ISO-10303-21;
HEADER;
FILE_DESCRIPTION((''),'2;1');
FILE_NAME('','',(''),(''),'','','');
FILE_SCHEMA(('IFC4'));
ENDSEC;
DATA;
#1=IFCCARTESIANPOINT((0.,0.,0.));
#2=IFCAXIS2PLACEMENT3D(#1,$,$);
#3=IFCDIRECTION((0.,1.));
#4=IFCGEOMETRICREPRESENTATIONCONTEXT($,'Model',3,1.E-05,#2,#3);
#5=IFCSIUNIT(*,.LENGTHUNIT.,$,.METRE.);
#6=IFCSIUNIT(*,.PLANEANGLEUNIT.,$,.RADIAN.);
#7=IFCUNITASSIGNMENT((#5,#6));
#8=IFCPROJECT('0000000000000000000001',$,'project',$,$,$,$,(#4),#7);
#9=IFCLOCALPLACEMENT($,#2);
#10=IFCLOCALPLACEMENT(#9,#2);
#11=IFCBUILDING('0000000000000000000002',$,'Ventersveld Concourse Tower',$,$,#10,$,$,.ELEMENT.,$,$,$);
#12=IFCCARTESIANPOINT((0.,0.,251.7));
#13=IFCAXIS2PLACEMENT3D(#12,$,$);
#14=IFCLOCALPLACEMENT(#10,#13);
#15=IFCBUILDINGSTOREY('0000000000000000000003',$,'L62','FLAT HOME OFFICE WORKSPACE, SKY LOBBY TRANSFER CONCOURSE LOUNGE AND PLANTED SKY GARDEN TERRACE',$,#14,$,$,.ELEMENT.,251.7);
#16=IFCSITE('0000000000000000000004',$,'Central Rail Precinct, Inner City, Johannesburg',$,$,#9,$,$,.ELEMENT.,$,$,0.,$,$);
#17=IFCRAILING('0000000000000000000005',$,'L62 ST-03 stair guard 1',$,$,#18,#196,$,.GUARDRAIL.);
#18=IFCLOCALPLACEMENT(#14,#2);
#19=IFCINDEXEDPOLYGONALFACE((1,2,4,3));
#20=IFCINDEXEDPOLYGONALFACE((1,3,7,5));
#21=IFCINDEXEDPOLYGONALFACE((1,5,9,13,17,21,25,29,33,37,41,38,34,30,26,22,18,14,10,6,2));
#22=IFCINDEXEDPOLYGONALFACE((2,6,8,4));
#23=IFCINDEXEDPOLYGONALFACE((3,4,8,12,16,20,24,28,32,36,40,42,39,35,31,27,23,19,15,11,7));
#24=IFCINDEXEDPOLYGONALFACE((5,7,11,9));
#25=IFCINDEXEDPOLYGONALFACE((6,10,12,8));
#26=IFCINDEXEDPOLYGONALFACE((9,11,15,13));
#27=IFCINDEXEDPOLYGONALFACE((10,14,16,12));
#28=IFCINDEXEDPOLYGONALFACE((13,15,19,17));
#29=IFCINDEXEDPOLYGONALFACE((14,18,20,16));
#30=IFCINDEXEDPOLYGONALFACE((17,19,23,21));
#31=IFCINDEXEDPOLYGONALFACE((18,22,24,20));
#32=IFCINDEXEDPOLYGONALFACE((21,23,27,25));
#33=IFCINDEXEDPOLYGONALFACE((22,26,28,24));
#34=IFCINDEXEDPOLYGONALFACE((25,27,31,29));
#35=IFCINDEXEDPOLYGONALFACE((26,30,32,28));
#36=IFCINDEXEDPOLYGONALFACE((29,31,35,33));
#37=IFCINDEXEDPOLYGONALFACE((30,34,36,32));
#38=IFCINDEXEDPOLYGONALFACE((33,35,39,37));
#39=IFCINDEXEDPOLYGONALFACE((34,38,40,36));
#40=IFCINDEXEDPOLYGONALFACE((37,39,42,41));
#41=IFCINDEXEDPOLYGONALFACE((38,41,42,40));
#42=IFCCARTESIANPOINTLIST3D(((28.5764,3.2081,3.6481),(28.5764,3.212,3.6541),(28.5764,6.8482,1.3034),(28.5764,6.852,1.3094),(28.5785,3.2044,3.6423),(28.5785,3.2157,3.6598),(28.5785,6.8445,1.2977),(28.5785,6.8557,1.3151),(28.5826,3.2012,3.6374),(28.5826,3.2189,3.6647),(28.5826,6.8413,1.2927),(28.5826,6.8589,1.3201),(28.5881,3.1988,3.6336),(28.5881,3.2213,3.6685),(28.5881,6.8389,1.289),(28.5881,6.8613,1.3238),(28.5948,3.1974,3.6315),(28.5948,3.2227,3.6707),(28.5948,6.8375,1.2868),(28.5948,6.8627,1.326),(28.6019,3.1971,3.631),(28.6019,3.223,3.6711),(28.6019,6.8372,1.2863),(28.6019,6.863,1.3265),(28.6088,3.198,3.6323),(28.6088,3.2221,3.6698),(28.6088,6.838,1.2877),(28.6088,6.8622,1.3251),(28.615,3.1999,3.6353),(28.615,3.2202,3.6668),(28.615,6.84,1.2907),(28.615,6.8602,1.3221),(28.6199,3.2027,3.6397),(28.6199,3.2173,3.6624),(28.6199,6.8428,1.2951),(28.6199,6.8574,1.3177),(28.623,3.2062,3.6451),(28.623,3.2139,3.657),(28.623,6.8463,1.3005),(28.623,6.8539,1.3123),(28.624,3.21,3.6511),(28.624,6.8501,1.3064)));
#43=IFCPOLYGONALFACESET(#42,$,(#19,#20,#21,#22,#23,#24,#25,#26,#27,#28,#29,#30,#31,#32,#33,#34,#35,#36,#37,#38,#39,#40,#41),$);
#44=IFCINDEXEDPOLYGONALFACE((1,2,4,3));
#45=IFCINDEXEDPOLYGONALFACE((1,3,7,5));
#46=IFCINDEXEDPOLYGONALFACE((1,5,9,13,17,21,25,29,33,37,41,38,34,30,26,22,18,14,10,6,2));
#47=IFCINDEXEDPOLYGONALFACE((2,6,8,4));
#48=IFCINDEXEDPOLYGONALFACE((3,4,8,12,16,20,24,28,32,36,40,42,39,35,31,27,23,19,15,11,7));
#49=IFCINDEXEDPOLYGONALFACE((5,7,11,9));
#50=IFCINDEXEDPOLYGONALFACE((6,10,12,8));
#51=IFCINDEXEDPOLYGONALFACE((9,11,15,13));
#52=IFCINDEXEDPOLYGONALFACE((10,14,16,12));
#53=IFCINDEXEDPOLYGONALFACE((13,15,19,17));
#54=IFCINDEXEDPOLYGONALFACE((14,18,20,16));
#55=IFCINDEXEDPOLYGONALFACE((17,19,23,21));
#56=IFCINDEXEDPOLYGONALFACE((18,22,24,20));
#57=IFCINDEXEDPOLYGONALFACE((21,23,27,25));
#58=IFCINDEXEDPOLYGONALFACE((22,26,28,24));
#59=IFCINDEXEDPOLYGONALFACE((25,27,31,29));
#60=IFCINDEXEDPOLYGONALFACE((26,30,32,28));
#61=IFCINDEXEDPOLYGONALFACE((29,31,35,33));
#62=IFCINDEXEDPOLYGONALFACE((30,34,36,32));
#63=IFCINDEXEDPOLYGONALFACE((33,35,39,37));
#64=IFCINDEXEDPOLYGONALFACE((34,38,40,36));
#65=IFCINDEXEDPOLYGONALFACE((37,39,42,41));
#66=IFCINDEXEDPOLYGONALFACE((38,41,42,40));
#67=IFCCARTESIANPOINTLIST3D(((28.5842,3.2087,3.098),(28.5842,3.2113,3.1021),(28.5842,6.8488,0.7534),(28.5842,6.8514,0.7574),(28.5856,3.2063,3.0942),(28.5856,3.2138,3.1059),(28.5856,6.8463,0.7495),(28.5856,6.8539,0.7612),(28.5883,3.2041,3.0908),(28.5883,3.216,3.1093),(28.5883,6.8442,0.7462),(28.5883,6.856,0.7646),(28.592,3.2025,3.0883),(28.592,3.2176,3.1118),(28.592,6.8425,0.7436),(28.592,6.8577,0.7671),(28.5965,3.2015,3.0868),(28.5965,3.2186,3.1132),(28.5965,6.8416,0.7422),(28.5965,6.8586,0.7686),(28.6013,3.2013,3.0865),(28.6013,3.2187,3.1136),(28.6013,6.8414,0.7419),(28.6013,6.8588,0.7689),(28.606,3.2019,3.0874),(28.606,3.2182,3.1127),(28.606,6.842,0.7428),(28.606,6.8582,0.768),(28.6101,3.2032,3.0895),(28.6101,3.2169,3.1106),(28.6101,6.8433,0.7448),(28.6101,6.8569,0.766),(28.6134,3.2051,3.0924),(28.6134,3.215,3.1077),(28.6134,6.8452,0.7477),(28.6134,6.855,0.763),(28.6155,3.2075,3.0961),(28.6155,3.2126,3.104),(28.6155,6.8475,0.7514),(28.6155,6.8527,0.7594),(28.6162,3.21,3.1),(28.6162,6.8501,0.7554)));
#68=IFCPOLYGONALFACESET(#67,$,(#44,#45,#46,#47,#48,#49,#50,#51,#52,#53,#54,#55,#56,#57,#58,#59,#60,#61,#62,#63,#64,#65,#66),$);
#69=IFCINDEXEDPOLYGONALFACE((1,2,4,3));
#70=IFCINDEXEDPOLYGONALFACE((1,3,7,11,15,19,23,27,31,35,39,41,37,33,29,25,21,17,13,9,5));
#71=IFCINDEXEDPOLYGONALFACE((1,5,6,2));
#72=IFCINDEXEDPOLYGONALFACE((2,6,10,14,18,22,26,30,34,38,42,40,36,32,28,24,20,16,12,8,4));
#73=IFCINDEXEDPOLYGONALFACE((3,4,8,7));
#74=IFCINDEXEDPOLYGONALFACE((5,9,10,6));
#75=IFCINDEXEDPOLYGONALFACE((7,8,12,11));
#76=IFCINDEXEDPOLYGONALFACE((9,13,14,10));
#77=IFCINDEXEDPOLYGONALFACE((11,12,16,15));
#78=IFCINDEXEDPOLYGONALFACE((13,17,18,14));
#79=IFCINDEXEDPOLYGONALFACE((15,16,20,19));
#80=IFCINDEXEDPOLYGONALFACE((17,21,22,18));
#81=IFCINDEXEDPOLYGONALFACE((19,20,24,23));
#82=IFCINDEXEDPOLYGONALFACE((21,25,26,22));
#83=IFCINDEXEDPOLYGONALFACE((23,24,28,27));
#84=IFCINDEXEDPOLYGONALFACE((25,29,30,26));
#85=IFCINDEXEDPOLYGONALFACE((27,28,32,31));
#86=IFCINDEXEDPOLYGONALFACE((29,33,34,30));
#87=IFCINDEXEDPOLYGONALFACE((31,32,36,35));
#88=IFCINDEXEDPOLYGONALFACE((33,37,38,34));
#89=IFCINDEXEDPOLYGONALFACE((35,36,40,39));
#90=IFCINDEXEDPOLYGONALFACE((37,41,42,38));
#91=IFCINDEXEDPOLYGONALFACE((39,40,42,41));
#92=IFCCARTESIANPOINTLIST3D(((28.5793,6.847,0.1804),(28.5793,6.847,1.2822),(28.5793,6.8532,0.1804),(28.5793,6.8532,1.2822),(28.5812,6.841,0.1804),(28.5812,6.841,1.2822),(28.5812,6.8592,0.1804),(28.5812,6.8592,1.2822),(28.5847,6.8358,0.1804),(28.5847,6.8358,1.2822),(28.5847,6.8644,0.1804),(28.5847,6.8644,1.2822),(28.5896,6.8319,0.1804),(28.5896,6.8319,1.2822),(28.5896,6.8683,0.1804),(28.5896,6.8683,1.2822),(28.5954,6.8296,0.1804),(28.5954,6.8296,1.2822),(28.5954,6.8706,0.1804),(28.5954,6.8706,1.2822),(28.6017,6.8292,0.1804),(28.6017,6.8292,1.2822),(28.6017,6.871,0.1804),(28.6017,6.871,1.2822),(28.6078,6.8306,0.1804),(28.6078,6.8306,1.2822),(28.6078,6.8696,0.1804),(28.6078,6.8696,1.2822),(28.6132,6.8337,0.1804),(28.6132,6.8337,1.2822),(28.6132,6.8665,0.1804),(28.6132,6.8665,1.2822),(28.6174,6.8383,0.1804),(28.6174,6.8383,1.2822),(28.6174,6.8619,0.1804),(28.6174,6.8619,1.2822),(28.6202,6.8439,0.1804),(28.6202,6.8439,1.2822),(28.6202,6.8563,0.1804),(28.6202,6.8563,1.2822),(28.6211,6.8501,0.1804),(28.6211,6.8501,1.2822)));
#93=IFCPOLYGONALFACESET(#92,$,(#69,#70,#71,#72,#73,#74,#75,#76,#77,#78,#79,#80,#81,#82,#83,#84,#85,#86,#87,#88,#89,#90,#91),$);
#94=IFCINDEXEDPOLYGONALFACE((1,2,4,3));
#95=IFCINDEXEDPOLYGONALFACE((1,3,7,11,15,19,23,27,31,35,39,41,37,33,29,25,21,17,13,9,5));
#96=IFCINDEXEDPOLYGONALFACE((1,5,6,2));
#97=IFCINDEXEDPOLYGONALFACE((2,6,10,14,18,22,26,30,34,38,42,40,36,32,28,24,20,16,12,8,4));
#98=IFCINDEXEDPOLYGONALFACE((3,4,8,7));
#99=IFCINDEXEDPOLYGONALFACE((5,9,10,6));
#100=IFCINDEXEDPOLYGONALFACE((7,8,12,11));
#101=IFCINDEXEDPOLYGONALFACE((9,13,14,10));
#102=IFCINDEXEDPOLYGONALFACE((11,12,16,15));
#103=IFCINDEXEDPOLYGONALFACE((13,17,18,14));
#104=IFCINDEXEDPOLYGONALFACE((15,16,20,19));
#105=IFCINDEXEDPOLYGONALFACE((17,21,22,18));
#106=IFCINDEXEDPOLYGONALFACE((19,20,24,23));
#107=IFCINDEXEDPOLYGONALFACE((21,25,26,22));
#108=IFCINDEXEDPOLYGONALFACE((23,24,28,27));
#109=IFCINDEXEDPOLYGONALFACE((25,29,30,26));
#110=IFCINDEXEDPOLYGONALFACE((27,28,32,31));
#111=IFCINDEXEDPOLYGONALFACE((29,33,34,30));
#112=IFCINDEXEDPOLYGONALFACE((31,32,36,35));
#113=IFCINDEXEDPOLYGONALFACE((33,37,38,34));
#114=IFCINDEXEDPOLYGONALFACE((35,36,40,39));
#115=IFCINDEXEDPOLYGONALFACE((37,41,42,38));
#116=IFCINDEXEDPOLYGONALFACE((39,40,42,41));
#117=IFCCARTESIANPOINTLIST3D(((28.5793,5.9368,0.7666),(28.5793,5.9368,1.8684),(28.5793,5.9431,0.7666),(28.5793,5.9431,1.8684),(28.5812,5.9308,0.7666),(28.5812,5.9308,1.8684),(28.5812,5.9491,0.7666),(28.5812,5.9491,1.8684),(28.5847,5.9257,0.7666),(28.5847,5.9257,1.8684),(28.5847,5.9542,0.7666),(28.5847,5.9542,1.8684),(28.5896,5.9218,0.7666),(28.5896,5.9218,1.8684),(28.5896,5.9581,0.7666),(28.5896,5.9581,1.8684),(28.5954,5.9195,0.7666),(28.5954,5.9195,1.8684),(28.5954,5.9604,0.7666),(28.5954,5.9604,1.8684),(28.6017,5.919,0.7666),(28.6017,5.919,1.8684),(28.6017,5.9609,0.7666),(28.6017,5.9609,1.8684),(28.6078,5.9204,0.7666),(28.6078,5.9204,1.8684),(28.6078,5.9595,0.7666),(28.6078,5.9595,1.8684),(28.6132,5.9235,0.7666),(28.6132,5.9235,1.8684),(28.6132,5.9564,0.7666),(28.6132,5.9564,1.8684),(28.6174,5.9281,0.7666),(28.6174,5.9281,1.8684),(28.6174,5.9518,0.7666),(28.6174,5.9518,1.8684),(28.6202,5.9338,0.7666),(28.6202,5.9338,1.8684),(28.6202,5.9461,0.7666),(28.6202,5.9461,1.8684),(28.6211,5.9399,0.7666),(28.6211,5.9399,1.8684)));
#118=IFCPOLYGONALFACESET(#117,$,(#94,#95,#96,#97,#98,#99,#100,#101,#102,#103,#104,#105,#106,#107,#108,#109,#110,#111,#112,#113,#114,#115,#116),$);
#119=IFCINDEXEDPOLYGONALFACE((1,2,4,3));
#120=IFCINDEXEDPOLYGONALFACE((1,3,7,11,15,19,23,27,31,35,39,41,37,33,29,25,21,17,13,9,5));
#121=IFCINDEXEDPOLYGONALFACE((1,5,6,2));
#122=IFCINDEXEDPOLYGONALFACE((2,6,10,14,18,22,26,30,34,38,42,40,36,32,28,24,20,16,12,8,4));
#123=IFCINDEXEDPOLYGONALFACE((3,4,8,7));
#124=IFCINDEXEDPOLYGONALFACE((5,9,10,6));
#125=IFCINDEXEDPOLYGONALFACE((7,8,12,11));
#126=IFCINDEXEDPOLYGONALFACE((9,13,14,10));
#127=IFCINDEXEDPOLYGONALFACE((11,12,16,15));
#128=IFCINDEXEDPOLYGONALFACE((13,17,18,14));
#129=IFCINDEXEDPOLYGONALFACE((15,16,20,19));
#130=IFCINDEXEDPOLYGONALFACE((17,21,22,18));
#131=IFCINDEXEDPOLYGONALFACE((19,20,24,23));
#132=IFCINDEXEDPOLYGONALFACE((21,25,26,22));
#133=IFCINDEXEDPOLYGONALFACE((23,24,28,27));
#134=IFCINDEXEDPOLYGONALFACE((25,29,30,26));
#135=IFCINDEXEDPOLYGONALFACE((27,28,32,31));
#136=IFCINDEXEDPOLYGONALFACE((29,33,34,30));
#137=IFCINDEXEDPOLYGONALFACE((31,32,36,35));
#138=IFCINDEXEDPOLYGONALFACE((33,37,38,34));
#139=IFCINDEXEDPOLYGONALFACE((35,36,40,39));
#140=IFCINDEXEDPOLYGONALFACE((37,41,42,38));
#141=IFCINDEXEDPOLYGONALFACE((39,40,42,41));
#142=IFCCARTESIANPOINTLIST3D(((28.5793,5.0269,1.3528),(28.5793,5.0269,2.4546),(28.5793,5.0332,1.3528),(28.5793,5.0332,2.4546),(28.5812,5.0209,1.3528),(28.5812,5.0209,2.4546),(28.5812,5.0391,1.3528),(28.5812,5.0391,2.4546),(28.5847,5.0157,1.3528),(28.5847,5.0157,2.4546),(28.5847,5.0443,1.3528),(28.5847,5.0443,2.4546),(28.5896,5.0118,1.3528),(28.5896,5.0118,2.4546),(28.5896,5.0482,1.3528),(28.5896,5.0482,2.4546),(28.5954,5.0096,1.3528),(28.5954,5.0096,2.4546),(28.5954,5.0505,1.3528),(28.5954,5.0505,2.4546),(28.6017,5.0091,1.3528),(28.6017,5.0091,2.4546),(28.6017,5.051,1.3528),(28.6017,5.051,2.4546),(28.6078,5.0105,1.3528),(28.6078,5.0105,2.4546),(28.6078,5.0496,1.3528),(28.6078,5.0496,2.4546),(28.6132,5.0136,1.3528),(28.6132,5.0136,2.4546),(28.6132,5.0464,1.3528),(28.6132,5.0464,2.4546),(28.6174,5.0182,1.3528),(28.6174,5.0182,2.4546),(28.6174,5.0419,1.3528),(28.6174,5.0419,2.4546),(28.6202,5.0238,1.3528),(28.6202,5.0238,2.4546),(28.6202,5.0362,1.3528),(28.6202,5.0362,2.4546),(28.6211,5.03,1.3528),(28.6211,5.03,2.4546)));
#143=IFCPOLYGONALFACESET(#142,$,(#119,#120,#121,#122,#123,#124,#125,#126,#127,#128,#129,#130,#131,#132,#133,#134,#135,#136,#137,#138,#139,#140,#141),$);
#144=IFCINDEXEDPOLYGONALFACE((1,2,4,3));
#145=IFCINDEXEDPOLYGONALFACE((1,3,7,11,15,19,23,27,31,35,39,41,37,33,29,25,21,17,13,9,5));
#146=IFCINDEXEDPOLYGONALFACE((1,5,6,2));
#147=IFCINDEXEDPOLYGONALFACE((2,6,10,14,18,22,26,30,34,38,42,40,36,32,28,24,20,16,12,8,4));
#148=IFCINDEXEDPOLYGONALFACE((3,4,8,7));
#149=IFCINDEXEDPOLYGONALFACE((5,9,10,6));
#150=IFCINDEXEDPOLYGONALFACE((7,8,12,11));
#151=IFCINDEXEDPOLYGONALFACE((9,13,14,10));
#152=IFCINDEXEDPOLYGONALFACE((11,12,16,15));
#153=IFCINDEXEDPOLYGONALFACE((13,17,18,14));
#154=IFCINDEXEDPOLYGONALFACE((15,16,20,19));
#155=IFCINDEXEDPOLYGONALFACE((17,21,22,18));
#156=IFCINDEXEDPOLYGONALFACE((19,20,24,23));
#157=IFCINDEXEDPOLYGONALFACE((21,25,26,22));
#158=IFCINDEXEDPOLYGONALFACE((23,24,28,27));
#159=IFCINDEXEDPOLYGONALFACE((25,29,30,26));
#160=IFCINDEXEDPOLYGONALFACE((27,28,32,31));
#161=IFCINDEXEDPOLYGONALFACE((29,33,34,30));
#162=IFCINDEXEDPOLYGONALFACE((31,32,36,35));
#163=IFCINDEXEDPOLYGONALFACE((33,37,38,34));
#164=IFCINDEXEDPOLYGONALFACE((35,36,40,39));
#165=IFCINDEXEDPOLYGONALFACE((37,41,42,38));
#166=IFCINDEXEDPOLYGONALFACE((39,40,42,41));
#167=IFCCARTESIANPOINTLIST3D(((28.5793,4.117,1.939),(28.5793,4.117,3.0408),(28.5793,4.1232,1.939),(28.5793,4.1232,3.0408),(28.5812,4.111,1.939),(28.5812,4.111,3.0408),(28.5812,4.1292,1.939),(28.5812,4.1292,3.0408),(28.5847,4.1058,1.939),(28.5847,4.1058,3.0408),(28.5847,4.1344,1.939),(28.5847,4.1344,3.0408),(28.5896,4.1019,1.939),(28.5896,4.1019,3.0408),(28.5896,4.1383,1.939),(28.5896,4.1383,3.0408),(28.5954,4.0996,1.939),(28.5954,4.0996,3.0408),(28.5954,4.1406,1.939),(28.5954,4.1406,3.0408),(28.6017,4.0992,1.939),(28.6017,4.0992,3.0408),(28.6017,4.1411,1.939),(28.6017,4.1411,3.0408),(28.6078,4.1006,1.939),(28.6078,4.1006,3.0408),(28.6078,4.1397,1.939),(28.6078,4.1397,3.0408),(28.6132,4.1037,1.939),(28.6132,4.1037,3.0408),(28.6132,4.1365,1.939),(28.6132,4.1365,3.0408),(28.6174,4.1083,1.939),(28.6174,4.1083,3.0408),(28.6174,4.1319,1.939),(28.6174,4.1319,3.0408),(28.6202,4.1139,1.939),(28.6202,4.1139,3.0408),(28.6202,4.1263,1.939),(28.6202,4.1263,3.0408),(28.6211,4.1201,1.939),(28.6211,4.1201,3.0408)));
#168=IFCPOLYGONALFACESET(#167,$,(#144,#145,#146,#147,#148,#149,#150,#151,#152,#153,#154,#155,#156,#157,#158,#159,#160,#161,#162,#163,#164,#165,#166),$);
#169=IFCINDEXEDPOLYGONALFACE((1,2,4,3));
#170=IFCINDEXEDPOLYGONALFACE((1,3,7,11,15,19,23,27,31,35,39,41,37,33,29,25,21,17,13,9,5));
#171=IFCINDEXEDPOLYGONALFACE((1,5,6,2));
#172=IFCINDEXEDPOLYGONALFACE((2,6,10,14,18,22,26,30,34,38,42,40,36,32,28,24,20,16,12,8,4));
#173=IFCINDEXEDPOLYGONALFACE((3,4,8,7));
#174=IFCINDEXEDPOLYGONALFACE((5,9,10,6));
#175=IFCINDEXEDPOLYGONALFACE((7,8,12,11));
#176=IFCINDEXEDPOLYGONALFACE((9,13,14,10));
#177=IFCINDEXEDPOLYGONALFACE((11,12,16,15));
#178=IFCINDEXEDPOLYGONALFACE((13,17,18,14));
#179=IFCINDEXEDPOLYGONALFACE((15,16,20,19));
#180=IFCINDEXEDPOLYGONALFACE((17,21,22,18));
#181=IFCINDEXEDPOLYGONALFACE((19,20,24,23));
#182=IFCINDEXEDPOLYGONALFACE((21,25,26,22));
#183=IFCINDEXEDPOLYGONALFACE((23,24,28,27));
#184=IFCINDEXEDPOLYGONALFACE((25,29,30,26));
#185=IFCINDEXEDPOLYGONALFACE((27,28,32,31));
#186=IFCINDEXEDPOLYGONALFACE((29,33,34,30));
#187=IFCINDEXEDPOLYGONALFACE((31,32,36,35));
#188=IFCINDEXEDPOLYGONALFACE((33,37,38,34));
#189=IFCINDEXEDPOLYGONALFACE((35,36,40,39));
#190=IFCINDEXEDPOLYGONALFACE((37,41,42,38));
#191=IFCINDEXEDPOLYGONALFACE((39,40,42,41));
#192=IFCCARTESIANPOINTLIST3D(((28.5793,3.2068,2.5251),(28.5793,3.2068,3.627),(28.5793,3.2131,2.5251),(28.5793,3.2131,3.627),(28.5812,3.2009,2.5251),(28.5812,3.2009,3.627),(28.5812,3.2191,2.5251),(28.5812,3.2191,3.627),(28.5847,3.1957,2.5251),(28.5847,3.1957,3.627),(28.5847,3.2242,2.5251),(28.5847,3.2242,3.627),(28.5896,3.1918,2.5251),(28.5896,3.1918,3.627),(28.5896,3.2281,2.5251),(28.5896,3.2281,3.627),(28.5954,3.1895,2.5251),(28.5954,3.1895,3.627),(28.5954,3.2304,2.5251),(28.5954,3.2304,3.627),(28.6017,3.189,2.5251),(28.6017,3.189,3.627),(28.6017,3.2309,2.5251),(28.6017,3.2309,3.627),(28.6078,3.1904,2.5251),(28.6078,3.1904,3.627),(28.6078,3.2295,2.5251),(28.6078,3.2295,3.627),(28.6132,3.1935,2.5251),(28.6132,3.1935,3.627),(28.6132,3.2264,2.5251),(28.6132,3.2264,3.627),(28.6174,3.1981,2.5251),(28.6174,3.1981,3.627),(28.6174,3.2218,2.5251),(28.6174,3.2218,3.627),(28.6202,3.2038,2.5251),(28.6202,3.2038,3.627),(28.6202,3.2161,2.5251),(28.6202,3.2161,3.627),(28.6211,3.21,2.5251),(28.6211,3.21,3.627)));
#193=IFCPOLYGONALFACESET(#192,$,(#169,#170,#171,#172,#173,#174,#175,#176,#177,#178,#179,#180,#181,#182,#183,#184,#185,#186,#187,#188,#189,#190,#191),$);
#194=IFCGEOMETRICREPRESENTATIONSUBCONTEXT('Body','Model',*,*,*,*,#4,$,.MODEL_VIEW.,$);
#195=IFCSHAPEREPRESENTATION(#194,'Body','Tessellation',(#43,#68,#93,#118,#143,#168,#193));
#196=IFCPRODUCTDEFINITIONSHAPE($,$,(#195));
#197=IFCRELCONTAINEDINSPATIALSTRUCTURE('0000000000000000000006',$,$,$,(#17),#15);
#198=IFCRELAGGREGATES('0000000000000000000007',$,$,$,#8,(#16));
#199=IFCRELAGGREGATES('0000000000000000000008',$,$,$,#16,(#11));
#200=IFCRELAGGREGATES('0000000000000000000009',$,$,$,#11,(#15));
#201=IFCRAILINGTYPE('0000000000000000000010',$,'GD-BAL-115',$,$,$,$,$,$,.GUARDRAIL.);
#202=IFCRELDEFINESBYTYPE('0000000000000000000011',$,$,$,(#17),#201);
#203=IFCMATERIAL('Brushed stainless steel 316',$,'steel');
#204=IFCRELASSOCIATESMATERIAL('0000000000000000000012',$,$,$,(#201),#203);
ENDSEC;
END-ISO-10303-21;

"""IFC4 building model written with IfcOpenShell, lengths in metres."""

from ifc_helpers import new_model, si_unit, direction, frame, origin, origin_2d, place, context, subcontext, project, spatial, circle, extrude, material, type_object, element, save


model = new_model("IFC4")

# Units and contexts
model_context = context("Model", 3, precision=1e-05, world=origin(), true_north=direction((0.0, 1.0)))
body_context = subcontext(model_context, "Body", "Model", "MODEL_VIEW")
ifc_project = project(units=[si_unit("LENGTHUNIT", "METRE"), si_unit("PLANEANGLEUNIT", "RADIAN")], contexts=[model_context])

# Site, building, storey
site_placement = place(None, origin())
site = spatial("IfcSite", under=ifc_project, at=site_placement, Name="Central Rail Precinct, Inner City, Johannesburg", CompositionType="ELEMENT", RefElevation=0.0)
building_placement = place(site_placement, origin())
building = spatial("IfcBuilding", under=site, at=building_placement, Name="Ventersveld Concourse Tower", CompositionType="ELEMENT")
storey_placement = place(building_placement, frame((0.0, 0.0, 251.7)))
storey = spatial("IfcBuildingStorey", under=building, at=storey_placement, Name="L62", Description="FLAT HOME OFFICE WORKSPACE, SKY LOBBY TRANSFER CONCOURSE LOUNGE AND PLANTED SKY GARDEN TERRACE", CompositionType="ELEMENT", Elevation=251.7)

# Shared definitions
ifc_material_1 = material(Name="Brushed stainless steel 316", Category="steel")

# Railing
railing_type_1 = type_object("IfcRailingType", Name="GD-BAL-115", PredefinedType="GUARDRAIL", material=ifc_material_1)
railing_1_placement = place(storey_placement, frame((28.6001, 6.8501, 0.1804)))
element("IfcRailing", 1, at=railing_1_placement, inside=storey, type_object=railing_type_1, Name="L62 ST-03 stair guard 1", PredefinedType="GUARDRAIL", context=body_context, shape_type="SweptSolid", body=[
    extrude(circle(Radius=0.0239, at=origin_2d()), frame((0.0, 0.0, 1.126), z_axis=(0.0, -0.840691, 0.541515), x_axis=(1.0, 0.0, 0.0)), (0.0, 0.0, 1.0), 4.3298),
    extrude(circle(Radius=0.0161, at=origin_2d()), frame((0.0, 0.0, 0.575), z_axis=(0.0, -0.840691, 0.541515), x_axis=(1.0, 0.0, 0.0)), (0.0, 0.0, 1.0), 4.3298),
    extrude(circle(Radius=0.021, at=origin_2d()), origin(), (0.0, 0.0, 1.0), 1.1018),
    extrude(circle(Radius=0.021, at=origin_2d()), frame((0.0, -0.9102, 0.5862)), (0.0, 0.0, 1.0), 1.1018),
    extrude(circle(Radius=0.021, at=origin_2d()), frame((0.0, -1.8201, 1.1724)), (0.0, 0.0, 1.0), 1.1018),
    extrude(circle(Radius=0.021, at=origin_2d()), frame((0.0, -2.73, 1.7585)), (0.0, 0.0, 1.0), 1.1018),
    extrude(circle(Radius=0.021, at=origin_2d()), frame((0.0, -3.6401, 2.3447)), (0.0, 0.0, 1.0), 1.1018),
])

save(model, "model.ifc")
